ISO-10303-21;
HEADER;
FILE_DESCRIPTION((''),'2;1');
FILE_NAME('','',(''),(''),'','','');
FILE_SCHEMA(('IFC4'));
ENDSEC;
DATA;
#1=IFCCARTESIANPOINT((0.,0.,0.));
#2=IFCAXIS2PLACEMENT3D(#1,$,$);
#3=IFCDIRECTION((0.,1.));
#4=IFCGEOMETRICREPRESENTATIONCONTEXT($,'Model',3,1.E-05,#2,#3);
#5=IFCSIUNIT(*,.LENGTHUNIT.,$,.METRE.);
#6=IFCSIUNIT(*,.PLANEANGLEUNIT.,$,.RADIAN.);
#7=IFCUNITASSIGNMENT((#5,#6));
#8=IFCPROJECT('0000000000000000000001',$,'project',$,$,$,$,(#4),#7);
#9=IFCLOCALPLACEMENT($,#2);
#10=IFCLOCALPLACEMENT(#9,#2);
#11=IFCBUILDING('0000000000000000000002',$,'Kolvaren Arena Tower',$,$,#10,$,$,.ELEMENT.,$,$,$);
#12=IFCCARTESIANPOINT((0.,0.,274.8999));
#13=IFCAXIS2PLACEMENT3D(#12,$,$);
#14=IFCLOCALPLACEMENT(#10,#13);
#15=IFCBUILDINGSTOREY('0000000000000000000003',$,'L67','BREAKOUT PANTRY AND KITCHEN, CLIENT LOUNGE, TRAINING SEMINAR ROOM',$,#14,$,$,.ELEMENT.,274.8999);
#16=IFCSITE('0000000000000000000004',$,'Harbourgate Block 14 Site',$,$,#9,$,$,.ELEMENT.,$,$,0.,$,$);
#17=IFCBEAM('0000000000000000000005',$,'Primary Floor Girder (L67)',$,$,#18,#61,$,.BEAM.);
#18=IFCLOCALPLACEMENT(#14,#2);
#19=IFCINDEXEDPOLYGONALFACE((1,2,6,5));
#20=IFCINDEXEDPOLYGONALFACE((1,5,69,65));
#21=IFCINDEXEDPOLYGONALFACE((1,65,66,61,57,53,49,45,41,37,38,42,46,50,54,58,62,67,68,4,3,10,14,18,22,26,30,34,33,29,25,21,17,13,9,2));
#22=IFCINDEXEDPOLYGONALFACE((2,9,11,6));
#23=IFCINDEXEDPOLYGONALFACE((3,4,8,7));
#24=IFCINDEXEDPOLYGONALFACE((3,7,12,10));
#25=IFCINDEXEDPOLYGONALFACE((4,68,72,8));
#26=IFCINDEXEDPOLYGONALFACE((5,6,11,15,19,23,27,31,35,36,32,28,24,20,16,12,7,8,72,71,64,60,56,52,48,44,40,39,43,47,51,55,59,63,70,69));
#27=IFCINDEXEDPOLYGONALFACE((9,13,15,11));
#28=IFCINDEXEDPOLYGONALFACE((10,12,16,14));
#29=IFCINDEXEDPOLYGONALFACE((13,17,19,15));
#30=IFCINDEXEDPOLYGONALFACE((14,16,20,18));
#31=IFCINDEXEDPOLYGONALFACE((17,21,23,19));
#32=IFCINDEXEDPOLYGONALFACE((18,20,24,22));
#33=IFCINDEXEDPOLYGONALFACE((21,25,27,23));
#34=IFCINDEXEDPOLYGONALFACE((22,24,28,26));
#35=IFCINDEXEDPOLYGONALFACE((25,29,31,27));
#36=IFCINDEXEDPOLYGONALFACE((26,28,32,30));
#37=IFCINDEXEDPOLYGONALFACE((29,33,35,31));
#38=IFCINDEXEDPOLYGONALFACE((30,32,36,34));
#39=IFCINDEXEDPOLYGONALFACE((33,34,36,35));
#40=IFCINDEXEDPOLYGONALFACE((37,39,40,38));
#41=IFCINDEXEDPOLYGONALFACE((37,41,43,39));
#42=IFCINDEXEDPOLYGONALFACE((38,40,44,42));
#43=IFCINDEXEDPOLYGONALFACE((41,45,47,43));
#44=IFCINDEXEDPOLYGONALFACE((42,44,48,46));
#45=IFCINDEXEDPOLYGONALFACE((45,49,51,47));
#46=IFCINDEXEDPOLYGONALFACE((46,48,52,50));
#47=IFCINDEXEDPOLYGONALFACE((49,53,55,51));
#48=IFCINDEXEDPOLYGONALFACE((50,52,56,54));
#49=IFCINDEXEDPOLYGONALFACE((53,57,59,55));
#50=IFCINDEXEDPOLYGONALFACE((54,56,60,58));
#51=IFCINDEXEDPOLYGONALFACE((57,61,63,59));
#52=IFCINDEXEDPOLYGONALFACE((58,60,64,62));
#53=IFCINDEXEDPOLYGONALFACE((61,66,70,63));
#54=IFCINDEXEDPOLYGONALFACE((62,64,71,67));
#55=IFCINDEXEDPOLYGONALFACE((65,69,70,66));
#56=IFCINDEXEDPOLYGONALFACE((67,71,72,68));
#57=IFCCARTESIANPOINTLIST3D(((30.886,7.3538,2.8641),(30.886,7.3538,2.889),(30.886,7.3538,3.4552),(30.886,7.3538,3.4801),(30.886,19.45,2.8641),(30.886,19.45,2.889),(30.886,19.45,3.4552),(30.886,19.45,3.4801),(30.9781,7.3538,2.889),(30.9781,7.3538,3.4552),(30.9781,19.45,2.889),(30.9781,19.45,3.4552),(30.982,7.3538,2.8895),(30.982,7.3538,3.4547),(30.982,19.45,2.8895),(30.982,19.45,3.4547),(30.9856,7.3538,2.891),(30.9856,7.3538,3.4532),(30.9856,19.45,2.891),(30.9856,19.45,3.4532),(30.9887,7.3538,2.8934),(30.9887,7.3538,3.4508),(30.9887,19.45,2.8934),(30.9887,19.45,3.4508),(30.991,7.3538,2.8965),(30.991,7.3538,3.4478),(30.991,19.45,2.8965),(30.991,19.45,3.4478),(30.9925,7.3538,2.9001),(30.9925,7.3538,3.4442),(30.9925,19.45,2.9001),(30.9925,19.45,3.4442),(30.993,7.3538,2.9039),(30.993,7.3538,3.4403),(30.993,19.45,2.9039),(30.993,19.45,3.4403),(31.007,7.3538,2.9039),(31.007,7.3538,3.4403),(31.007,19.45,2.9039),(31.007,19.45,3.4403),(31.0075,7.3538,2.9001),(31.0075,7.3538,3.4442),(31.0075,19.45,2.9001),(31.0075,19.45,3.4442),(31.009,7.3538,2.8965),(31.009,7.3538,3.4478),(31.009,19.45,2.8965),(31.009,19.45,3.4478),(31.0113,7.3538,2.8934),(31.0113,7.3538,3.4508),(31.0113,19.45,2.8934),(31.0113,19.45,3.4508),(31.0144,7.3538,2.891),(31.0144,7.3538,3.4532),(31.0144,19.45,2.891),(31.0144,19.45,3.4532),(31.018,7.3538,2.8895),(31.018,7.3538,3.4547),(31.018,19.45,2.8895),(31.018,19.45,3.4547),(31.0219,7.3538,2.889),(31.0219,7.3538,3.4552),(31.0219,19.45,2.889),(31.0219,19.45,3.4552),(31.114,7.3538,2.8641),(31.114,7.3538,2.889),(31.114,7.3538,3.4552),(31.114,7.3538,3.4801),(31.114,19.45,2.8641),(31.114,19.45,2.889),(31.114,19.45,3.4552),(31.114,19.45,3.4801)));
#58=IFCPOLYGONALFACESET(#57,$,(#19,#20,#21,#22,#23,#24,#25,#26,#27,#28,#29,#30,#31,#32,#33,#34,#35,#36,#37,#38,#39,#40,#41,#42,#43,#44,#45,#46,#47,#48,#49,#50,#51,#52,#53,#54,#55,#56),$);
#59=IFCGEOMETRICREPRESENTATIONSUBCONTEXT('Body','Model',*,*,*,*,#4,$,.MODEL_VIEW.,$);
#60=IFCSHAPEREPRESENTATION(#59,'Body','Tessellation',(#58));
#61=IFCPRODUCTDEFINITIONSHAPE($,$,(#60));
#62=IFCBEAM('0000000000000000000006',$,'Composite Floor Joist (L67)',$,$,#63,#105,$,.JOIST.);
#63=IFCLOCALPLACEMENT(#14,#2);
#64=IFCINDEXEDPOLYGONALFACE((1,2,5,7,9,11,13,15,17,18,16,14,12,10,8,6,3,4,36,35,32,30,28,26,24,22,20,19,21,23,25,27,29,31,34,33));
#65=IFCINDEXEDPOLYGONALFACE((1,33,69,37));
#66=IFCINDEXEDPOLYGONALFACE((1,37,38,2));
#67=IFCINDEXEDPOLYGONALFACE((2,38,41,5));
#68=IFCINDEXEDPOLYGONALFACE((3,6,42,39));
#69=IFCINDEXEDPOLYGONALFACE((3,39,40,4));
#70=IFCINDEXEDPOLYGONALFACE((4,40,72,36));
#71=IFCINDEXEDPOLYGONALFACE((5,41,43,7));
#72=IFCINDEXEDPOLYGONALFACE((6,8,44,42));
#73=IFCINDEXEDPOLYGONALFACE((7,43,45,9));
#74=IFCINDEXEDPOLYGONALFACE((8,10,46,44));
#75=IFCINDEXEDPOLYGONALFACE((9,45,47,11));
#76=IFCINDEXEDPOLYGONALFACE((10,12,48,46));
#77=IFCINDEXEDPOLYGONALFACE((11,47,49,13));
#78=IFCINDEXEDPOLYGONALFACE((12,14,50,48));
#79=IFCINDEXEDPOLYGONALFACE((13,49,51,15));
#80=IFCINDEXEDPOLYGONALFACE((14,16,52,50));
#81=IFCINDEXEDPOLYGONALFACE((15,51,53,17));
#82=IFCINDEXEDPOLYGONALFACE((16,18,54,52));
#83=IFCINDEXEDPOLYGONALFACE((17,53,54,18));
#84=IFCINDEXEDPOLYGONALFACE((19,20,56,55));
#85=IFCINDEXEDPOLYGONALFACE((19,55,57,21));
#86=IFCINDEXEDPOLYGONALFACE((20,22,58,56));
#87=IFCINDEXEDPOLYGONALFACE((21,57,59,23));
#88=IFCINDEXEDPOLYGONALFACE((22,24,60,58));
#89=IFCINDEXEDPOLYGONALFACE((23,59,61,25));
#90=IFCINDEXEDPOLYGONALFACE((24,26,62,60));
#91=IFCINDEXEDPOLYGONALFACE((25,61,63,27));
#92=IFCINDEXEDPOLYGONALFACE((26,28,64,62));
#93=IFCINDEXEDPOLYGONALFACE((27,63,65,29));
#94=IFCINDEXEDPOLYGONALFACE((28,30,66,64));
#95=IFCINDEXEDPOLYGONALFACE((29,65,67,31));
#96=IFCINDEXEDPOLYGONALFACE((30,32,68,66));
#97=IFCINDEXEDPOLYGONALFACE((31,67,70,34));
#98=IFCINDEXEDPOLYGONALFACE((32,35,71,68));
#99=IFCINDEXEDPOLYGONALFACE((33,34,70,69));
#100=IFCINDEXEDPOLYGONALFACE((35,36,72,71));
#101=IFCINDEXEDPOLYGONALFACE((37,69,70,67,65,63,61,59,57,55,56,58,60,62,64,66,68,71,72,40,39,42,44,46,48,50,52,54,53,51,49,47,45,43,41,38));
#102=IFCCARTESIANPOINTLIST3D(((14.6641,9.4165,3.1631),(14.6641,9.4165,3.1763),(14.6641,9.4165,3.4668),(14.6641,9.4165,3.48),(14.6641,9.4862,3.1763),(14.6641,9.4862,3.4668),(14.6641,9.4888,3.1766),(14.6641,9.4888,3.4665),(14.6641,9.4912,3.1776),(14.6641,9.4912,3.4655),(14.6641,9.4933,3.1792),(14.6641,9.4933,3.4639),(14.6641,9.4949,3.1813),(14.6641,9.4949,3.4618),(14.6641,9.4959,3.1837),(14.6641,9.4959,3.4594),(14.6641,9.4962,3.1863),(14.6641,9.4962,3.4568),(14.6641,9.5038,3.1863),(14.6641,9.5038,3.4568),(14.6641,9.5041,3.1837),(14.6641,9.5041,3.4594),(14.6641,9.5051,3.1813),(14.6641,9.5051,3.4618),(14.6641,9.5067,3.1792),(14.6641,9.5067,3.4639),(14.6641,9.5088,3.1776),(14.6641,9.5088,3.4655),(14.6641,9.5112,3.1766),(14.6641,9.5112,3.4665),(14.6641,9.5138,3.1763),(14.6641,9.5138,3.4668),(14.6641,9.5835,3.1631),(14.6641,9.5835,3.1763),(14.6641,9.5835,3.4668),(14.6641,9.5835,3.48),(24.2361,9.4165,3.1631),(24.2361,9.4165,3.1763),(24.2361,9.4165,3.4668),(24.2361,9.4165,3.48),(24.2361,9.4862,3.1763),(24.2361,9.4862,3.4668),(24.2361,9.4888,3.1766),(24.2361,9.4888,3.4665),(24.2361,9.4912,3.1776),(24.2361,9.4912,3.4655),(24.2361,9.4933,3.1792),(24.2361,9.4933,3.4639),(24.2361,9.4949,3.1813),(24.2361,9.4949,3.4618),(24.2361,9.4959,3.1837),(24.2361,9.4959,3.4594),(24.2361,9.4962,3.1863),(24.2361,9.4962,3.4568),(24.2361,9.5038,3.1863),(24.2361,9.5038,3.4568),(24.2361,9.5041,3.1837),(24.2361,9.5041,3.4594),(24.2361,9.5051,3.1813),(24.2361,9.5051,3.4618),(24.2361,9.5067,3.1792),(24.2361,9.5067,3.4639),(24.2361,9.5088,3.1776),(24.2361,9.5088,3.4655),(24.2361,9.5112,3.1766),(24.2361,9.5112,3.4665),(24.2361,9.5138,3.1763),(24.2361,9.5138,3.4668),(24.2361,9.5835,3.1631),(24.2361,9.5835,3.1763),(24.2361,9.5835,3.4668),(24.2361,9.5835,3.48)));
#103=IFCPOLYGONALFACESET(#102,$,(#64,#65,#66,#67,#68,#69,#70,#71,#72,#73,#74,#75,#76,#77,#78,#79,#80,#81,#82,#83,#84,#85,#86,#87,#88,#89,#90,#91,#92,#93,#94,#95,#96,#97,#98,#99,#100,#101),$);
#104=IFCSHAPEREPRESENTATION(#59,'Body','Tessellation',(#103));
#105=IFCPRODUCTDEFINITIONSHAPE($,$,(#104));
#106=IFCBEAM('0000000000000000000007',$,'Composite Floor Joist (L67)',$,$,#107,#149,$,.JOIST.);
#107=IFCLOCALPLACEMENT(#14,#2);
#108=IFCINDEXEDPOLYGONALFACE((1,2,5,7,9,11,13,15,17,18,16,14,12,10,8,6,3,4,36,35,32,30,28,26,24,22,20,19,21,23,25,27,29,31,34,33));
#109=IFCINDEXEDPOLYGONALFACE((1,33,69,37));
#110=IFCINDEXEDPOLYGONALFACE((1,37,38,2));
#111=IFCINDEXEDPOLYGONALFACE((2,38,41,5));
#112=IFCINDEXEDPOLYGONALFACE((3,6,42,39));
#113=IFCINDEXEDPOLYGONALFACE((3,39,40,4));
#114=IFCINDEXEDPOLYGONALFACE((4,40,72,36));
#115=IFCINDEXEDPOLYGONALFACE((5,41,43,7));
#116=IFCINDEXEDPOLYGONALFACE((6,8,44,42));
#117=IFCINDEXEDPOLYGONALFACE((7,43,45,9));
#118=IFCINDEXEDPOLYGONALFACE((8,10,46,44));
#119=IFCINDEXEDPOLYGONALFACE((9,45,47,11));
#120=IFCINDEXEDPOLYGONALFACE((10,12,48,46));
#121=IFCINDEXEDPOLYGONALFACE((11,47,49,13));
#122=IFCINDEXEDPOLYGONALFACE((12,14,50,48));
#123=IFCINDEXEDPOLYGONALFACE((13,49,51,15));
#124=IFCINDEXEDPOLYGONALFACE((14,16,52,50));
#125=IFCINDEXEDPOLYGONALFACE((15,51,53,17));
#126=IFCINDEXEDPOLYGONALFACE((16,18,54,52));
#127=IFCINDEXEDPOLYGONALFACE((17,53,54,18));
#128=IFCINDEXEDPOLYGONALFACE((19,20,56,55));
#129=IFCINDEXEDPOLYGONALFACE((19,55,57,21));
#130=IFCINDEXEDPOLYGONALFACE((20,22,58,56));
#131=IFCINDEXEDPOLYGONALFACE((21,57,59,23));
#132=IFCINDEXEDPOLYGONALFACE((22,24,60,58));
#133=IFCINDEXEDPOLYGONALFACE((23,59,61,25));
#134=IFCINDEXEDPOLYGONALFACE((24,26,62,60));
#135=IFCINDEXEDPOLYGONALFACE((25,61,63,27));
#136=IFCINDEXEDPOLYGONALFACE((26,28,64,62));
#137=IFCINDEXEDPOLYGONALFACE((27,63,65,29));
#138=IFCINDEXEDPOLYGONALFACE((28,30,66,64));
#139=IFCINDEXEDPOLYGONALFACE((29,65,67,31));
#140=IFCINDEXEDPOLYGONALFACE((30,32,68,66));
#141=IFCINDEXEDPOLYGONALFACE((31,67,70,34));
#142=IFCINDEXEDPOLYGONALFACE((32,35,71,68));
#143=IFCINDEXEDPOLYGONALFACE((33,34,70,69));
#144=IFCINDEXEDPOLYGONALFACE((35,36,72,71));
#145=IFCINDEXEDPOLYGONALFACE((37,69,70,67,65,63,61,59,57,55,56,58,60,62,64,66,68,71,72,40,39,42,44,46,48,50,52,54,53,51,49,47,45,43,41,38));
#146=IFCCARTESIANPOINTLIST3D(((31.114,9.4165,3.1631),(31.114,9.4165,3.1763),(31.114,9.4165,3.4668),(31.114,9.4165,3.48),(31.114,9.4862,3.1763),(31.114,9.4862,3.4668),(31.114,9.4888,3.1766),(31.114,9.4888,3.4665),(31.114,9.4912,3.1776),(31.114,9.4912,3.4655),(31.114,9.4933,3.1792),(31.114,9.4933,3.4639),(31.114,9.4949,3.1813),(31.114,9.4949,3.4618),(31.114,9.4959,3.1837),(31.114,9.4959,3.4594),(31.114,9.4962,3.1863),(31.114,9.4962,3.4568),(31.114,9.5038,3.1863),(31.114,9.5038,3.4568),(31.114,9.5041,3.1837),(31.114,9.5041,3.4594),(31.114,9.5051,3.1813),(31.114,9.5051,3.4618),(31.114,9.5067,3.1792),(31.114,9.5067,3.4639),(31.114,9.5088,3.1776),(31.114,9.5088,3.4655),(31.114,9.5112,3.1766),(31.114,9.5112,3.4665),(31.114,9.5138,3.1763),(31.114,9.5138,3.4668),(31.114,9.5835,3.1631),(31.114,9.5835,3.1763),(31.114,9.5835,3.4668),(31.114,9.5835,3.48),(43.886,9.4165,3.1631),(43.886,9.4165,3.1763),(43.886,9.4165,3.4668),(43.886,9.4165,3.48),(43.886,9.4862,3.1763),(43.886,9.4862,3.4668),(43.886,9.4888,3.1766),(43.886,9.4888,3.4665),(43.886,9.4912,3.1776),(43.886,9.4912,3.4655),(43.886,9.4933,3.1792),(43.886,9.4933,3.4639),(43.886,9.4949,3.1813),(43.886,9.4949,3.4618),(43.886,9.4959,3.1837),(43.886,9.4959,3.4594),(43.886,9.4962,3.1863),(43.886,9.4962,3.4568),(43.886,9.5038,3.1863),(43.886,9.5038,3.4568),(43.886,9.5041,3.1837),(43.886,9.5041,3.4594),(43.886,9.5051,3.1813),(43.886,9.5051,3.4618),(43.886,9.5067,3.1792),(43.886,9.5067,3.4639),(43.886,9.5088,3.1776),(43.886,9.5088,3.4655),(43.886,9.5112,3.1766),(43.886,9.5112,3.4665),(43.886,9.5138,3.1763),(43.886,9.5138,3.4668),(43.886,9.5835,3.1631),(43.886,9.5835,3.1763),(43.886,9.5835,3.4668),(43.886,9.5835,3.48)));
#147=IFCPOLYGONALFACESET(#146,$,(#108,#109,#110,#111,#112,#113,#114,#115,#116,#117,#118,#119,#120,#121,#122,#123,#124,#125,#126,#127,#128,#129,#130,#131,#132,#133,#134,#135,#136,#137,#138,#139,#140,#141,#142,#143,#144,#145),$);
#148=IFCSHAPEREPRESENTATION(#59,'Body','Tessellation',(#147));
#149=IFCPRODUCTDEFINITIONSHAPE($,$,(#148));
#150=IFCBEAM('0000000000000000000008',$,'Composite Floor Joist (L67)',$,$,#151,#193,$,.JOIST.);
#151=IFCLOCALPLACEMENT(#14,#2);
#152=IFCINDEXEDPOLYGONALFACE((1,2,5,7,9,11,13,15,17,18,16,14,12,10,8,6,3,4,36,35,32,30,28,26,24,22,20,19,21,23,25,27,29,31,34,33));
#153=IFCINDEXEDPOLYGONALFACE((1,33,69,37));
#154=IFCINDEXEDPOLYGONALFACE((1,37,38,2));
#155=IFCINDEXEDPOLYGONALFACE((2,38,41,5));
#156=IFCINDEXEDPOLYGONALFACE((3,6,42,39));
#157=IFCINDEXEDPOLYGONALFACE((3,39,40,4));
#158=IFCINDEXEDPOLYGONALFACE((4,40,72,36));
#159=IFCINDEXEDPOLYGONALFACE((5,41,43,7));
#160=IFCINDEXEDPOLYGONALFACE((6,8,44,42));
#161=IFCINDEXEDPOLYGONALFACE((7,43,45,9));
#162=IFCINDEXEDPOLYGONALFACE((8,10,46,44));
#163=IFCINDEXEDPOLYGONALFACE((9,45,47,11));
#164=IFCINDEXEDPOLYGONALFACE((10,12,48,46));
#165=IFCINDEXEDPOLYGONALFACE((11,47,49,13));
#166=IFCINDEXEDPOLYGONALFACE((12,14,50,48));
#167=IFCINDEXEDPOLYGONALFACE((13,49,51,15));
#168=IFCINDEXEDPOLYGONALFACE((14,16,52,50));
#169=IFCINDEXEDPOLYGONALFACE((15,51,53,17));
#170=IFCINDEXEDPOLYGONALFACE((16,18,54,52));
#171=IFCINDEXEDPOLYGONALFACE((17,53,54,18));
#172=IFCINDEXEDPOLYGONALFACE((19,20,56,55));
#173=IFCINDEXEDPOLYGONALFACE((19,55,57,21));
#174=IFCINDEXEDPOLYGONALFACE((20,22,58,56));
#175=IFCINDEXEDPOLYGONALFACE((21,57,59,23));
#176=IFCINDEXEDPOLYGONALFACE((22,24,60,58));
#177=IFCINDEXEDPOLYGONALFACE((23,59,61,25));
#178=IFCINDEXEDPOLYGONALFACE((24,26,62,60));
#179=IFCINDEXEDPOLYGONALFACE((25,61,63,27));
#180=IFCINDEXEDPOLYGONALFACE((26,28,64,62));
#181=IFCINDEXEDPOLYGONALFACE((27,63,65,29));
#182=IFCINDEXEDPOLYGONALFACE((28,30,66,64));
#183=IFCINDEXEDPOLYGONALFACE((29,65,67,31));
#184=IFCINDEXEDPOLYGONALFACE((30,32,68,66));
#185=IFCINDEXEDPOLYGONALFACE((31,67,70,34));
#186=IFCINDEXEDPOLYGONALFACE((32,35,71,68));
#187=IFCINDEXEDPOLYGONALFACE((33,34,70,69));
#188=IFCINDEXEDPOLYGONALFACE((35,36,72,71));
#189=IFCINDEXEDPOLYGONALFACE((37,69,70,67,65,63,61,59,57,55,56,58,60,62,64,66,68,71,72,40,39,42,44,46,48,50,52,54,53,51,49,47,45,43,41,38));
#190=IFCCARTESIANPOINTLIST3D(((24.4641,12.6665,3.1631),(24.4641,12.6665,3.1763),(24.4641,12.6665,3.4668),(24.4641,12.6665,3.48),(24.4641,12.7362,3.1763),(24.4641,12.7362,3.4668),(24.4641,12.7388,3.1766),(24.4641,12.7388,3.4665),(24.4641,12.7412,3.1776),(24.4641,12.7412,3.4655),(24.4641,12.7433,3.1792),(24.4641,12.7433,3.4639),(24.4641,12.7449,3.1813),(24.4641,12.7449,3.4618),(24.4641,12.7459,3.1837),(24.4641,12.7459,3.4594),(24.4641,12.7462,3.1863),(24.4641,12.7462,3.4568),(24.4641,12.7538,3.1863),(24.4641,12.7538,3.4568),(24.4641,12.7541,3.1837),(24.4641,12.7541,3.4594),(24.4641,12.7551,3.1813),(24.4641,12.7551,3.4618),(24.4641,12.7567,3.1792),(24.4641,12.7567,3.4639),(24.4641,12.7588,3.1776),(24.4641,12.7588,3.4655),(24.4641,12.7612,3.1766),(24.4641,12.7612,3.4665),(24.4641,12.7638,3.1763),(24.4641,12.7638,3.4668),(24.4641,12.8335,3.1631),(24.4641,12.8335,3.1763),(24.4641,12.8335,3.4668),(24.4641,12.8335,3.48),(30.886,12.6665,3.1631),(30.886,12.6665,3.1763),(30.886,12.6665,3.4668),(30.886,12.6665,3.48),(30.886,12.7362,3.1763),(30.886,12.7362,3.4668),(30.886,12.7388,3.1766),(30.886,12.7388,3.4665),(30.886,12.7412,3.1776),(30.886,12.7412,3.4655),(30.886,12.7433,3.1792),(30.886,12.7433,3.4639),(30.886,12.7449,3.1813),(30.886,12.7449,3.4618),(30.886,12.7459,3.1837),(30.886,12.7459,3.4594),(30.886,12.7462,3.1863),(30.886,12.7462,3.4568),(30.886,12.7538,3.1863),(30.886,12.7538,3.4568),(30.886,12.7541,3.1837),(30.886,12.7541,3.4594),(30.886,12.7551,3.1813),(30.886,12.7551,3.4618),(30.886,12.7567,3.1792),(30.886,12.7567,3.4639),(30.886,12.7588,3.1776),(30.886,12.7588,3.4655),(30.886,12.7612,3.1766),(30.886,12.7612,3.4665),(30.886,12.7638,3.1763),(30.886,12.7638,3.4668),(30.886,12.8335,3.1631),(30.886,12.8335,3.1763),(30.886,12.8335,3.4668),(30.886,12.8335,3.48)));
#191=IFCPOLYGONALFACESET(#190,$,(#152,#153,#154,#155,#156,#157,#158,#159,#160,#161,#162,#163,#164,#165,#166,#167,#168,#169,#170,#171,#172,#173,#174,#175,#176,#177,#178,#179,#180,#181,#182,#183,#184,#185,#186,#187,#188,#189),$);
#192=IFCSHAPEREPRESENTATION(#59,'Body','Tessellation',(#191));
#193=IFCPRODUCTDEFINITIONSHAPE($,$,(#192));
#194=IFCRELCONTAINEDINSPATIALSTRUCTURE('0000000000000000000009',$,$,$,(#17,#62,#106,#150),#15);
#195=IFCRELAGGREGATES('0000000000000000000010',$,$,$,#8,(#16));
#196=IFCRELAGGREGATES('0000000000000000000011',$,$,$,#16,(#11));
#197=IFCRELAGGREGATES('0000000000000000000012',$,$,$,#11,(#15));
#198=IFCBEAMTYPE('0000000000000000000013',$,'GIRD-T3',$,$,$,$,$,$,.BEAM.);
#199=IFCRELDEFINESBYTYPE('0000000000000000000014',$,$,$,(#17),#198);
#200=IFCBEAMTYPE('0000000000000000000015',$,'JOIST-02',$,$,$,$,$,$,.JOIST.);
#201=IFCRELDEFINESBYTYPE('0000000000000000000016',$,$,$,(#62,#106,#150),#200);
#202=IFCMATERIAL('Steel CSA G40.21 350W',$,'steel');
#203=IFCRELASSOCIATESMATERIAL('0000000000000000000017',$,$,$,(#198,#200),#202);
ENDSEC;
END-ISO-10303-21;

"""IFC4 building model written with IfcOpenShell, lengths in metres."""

from ifc_helpers import new_model, si_unit, direction, frame, origin, origin_2d, place, context, subcontext, project, spatial, i_section, extrude, material, material_profile, profile_set, type_object, element, save


model = new_model("IFC4")

# Units and contexts
model_context = context("Model", 3, precision=1e-05, world=origin(), true_north=direction((0.0, 1.0)))
body_context = subcontext(model_context, "Body", "Model", "MODEL_VIEW")
ifc_project = project(units=[si_unit("LENGTHUNIT", "METRE"), si_unit("PLANEANGLEUNIT", "RADIAN")], contexts=[model_context])

# Site, building, storey
site_placement = place(None, origin())
site = spatial("IfcSite", under=ifc_project, at=site_placement, Name="Harbourgate Block 14 Site", CompositionType="ELEMENT", RefElevation=0.0)
building_placement = place(site_placement, origin())
building = spatial("IfcBuilding", under=site, at=building_placement, Name="Kolvaren Arena Tower", CompositionType="ELEMENT")
storey_placement = place(building_placement, frame((0.0, 0.0, 274.8999)))
storey = spatial("IfcBuildingStorey", under=building, at=storey_placement, Name="L67", Description="BREAKOUT PANTRY AND KITCHEN, CLIENT LOUNGE, TRAINING SEMINAR ROOM", CompositionType="ELEMENT", Elevation=274.8999)

# Beams
ifc_material_1 = material(Name="Steel CSA G40.21 350W", Category="steel")
ifc_material_profile_1 = material_profile(ifc_material_1, i_section(OverallWidth=0.228, OverallDepth=0.616, WebThickness=0.0139, FlangeThickness=0.0249, FilletRadius=0.0149, at=origin_2d()), Name="W610x174")
ifc_profile_set_1 = profile_set([ifc_material_profile_1], Name="Steel CSA G40.21 350W")
beam_type_1 = type_object("IfcBeamType", Name="GIRD-T3", PredefinedType="BEAM", material=ifc_profile_set_1)
beam_1_placement = place(storey_placement, frame((31.0, 7.3538, 3.1721), z_axis=(0.0, 1.0, 0.0), x_axis=(-1.0, 0.0, 0.0)))
element("IfcBeam", 1, at=beam_1_placement, inside=storey, type_object=beam_type_1, Name="Primary Floor Girder (L67)", PredefinedType="BEAM", context=body_context, shape_type="SweptSolid", body=[
    extrude(i_section(OverallWidth=0.228, OverallDepth=0.616, WebThickness=0.0139, FlangeThickness=0.0249, FilletRadius=0.0149, at=origin_2d()), origin(), (0.0, 0.0, 1.0), 12.0962),
])
ifc_material_profile_2 = material_profile(ifc_material_1, i_section(OverallWidth=0.167, OverallDepth=0.3169, WebThickness=0.0076, FlangeThickness=0.0132, FilletRadius=0.01, at=origin_2d()), Name="W310x52")
ifc_profile_set_2 = profile_set([ifc_material_profile_2], Name="Steel CSA G40.21 350W")
beam_type_2 = type_object("IfcBeamType", Name="JOIST-02", PredefinedType="JOIST", material=ifc_profile_set_2)
beam_2_placement = place(storey_placement, frame((14.6641, 9.5, 3.3215), z_axis=(1.0, 0.0, 0.0), x_axis=(0.0, 1.0, 0.0)))
element("IfcBeam", 2, at=beam_2_placement, inside=storey, type_object=beam_type_2, Name="Composite Floor Joist (L67)", PredefinedType="JOIST", context=body_context, shape_type="SweptSolid", body=[
    extrude(i_section(OverallWidth=0.167, OverallDepth=0.3169, WebThickness=0.0076, FlangeThickness=0.0132, FilletRadius=0.01, at=origin_2d()), origin(), (0.0, 0.0, 1.0), 9.572),
])
beam_3_placement = place(storey_placement, frame((31.114, 9.5, 3.3215), z_axis=(1.0, 0.0, 0.0), x_axis=(0.0, 1.0, 0.0)))
element("IfcBeam", 3, at=beam_3_placement, inside=storey, type_object=beam_type_2, Name="Composite Floor Joist (L67)", PredefinedType="JOIST", context=body_context, shape_type="SweptSolid", body=[
    extrude(i_section(OverallWidth=0.167, OverallDepth=0.3169, WebThickness=0.0076, FlangeThickness=0.0132, FilletRadius=0.01, at=origin_2d()), origin(), (0.0, 0.0, 1.0), 12.772),
])
beam_4_placement = place(storey_placement, frame((24.4641, 12.75, 3.3215), z_axis=(1.0, 0.0, 0.0), x_axis=(0.0, 1.0, 0.0)))
element("IfcBeam", 4, at=beam_4_placement, inside=storey, type_object=beam_type_2, Name="Composite Floor Joist (L67)", PredefinedType="JOIST", context=body_context, shape_type="SweptSolid", body=[
    extrude(i_section(OverallWidth=0.167, OverallDepth=0.3169, WebThickness=0.0076, FlangeThickness=0.0132, FilletRadius=0.01, at=origin_2d()), origin(), (0.0, 0.0, 1.0), 6.4219),
])

save(model, "model.ifc")
